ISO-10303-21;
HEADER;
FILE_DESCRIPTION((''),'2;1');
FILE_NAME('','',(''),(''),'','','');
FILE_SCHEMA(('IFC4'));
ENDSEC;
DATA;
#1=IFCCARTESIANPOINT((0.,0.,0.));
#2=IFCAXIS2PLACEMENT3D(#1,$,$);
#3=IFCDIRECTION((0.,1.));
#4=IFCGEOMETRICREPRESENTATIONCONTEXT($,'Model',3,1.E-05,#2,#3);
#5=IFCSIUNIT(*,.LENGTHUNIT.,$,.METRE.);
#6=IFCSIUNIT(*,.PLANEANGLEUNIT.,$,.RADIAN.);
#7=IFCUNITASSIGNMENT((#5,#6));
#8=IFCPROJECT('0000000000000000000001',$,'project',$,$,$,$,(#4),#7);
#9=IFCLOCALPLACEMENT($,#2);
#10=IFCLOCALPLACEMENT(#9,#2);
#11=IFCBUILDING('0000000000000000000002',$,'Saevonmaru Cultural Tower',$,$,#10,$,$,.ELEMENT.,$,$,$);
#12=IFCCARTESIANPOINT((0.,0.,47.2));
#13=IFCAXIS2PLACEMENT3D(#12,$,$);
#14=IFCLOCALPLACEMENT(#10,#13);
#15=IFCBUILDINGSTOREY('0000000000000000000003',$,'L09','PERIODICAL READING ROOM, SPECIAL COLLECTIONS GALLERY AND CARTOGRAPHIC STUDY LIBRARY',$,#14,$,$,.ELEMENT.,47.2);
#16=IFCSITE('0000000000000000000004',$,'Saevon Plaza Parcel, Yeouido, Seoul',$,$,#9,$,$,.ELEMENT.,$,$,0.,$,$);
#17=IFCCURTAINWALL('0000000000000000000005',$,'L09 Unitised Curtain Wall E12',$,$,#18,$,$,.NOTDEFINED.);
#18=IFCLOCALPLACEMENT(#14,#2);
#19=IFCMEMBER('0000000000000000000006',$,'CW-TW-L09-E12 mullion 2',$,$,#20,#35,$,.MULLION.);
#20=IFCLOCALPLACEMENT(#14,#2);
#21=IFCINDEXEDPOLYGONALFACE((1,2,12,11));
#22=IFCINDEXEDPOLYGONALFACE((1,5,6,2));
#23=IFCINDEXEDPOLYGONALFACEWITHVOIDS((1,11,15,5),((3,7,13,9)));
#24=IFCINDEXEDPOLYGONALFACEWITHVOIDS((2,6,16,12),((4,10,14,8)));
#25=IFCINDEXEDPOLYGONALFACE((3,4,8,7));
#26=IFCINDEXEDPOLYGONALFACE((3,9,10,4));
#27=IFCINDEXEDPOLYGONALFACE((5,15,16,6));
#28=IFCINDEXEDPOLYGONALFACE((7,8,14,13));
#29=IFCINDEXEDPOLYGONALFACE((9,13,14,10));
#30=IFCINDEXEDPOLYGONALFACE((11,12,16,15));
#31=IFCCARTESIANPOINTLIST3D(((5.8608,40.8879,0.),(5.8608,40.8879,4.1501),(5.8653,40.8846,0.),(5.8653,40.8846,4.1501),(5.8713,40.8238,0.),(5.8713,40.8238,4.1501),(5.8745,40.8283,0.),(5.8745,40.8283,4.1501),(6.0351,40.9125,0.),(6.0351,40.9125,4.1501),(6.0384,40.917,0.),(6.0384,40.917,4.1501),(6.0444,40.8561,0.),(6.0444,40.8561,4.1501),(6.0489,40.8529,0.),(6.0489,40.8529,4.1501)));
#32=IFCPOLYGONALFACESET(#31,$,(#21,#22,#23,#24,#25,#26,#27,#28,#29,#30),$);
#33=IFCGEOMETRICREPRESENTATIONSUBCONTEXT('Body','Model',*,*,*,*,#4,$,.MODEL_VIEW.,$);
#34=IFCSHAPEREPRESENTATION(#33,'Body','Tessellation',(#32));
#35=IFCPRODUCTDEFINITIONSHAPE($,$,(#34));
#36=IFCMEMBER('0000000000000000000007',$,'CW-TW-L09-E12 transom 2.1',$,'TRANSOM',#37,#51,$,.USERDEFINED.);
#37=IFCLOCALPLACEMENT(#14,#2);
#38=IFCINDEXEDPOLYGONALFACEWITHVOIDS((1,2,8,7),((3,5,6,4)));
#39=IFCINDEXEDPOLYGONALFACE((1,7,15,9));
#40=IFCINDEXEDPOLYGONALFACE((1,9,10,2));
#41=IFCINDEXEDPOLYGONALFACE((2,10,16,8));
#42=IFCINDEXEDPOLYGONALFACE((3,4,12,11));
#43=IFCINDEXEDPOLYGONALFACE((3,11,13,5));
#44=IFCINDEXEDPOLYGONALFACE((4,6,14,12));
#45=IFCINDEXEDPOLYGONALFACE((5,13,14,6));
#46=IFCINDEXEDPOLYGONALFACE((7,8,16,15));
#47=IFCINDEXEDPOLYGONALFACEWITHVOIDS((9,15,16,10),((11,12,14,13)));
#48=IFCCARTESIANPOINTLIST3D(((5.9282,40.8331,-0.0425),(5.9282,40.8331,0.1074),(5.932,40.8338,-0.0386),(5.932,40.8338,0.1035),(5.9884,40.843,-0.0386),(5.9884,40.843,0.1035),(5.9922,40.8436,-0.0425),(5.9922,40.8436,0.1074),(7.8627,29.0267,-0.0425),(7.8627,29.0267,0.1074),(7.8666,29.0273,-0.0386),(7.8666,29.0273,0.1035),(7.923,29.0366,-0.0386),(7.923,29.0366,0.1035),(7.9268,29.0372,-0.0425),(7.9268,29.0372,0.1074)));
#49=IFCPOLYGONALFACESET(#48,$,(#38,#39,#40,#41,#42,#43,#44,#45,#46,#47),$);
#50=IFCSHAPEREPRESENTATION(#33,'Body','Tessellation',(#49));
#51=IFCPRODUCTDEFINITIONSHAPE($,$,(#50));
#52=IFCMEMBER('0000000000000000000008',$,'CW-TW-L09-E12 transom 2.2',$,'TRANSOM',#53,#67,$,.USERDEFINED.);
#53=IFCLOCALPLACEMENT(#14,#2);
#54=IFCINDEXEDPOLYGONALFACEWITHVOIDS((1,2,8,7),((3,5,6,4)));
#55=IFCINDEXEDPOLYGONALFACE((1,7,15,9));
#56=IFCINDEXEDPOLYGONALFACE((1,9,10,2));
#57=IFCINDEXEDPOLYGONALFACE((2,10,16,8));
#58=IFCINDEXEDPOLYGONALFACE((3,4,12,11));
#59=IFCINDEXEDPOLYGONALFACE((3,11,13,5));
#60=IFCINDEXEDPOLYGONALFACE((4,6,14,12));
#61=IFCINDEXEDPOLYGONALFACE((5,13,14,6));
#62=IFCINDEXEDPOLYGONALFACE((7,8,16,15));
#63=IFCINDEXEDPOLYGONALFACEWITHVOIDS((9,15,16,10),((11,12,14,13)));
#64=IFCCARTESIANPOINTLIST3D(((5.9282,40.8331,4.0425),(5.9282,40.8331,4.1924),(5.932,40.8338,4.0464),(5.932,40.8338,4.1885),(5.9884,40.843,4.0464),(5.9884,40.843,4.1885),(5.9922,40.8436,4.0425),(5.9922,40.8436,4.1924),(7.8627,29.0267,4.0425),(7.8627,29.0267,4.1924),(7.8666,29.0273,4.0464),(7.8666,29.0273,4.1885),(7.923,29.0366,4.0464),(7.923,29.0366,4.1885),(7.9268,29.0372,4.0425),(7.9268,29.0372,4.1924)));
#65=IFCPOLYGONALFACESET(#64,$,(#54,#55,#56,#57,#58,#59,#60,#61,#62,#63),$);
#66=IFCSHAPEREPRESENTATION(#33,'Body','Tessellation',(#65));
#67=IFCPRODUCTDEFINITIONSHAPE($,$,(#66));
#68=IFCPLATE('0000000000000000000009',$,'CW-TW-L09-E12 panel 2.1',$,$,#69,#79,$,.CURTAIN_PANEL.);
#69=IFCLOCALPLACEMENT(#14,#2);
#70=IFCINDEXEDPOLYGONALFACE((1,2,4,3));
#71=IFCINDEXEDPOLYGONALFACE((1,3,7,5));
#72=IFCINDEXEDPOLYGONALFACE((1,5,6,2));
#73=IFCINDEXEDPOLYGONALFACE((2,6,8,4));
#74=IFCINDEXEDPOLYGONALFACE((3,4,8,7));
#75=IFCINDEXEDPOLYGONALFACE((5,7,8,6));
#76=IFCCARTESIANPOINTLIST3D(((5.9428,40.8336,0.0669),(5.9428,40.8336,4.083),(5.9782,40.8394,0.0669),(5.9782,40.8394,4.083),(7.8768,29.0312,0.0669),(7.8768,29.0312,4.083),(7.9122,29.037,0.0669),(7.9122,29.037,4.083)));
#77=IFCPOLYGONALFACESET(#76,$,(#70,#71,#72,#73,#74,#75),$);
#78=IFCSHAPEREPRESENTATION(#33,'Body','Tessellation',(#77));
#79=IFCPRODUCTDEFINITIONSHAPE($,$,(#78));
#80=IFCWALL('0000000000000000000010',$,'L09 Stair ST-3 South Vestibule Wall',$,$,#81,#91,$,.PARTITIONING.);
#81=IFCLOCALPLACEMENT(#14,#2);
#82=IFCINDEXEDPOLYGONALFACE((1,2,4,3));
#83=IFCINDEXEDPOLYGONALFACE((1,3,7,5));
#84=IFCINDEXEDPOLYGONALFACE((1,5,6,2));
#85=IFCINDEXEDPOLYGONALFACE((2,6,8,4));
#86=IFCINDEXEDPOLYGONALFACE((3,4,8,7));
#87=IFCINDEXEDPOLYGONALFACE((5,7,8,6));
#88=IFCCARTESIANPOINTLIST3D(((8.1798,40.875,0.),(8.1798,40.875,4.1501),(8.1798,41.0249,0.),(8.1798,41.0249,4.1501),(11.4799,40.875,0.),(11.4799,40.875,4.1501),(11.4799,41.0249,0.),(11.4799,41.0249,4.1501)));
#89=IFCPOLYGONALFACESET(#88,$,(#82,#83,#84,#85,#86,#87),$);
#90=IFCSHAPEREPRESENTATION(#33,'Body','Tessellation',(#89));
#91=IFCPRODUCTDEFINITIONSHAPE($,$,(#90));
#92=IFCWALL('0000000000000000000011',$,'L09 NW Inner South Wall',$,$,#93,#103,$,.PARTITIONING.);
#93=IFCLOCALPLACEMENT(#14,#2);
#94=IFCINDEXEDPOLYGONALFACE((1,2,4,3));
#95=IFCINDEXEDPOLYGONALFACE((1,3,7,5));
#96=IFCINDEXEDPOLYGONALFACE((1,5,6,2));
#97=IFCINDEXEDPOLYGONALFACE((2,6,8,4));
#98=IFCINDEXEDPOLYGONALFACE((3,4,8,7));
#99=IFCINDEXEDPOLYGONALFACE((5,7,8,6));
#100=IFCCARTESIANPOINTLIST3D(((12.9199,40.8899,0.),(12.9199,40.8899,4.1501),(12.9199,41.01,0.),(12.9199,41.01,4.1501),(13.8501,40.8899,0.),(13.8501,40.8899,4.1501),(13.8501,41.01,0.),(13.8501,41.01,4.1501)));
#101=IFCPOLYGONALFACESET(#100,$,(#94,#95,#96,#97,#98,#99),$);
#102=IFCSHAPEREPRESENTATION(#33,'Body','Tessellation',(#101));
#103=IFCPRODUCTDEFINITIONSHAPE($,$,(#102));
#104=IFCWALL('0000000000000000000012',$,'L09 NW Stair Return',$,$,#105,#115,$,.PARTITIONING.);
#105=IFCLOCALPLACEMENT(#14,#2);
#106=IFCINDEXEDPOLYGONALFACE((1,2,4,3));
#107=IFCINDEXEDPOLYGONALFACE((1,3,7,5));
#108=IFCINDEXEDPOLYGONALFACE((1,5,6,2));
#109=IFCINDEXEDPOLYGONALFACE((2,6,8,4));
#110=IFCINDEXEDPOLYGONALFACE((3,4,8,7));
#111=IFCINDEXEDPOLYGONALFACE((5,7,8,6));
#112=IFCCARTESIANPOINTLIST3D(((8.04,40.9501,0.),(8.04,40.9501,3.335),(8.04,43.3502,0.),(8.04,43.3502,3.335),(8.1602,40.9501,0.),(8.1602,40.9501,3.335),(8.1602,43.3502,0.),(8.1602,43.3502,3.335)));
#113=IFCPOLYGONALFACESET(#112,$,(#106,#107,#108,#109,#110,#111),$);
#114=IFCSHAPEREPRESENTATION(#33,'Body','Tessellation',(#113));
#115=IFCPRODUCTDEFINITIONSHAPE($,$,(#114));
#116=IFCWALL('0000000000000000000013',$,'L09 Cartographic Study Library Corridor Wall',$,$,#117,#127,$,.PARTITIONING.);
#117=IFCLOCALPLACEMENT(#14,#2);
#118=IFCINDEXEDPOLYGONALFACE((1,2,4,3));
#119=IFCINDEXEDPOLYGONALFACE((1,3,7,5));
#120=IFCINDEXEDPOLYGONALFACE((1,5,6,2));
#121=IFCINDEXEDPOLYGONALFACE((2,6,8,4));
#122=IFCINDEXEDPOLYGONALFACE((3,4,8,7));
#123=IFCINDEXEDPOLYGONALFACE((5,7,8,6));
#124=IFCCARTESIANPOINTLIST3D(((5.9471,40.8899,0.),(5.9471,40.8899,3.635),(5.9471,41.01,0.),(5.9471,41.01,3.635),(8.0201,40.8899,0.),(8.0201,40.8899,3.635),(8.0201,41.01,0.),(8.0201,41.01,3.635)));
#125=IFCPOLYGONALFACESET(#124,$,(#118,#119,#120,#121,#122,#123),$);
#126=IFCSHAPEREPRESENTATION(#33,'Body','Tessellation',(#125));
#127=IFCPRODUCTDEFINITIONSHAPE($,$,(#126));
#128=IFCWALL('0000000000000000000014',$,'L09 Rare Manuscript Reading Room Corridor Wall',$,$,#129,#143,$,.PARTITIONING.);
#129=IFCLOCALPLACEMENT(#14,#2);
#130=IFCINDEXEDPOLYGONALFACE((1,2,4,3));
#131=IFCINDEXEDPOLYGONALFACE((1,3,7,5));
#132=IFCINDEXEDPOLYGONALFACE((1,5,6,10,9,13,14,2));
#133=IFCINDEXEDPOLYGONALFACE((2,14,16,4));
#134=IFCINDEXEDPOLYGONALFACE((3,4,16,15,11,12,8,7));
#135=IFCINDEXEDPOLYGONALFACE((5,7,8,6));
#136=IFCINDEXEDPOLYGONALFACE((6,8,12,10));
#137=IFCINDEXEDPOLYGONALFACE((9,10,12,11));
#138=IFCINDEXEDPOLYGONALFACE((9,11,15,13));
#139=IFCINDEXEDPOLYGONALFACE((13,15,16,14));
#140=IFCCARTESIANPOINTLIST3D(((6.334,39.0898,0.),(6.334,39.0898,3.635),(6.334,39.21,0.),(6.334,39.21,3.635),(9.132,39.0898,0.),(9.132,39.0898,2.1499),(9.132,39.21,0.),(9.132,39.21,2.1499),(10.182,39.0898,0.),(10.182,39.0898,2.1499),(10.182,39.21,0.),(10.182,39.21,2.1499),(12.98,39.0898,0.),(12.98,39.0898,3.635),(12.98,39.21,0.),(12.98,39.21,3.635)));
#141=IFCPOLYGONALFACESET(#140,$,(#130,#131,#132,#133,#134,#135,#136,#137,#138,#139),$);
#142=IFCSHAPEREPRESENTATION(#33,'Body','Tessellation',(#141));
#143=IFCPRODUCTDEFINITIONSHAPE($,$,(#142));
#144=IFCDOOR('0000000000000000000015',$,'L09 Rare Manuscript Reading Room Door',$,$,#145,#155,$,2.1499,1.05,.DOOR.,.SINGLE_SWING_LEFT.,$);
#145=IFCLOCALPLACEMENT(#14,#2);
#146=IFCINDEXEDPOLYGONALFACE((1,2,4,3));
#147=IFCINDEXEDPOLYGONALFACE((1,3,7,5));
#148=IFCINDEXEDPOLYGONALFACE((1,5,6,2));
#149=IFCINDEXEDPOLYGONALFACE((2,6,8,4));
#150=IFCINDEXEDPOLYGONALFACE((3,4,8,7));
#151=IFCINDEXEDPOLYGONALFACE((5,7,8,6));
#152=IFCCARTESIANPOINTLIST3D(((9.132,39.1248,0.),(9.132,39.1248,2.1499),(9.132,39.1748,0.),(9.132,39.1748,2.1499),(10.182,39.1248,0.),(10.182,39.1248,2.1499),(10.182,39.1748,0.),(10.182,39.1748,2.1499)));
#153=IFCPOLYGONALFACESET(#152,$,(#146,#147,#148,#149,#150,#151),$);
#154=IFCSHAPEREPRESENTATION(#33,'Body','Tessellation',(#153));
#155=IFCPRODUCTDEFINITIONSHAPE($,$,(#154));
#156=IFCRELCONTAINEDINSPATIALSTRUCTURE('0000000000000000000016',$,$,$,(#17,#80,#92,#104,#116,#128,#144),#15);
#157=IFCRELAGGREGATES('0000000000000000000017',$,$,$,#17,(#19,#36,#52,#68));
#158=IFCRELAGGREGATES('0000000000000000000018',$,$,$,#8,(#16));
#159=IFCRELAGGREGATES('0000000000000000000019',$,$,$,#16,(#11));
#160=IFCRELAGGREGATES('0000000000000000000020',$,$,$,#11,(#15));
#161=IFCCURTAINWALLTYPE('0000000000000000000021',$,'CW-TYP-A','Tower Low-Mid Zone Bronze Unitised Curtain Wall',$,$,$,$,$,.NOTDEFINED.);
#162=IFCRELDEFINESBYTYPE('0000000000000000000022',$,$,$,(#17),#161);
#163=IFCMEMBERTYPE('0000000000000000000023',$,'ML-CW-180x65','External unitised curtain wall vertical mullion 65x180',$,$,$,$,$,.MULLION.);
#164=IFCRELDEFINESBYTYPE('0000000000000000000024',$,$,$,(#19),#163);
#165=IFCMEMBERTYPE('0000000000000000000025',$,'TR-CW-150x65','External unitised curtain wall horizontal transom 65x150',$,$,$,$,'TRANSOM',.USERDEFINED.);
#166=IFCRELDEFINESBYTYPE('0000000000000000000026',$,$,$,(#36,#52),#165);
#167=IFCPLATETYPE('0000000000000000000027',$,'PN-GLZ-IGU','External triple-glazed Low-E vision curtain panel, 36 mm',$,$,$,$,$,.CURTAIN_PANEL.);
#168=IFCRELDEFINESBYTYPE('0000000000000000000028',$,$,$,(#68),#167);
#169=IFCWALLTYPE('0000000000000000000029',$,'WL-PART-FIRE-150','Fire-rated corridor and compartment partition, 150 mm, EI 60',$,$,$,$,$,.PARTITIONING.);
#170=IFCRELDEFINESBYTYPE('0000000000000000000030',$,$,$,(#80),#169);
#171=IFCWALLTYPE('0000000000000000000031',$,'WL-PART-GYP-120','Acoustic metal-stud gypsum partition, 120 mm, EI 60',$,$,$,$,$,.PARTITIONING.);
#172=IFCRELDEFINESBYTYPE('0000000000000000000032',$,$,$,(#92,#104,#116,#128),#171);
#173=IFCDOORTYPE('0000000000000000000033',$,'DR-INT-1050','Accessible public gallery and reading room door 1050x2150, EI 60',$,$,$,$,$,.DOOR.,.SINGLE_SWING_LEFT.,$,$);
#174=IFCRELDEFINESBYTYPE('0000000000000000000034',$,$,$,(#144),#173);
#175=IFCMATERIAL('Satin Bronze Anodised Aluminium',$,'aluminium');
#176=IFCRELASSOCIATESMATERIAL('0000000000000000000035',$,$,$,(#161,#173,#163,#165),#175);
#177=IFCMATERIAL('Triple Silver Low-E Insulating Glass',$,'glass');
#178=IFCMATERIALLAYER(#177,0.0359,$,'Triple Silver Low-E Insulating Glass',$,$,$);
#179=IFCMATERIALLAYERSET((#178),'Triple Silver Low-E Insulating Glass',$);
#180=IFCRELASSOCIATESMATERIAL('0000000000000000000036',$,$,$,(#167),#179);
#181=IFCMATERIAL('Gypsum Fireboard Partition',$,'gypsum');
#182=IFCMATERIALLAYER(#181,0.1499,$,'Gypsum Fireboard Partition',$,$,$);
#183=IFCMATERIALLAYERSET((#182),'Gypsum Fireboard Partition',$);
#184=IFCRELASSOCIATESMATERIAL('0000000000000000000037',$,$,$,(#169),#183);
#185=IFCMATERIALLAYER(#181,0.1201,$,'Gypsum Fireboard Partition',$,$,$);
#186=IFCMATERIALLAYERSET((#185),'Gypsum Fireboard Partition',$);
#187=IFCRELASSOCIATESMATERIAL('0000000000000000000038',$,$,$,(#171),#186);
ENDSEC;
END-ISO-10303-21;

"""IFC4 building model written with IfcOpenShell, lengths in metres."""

from ifc_helpers import new_model, si_unit, direction, frame, frame_2d, origin, origin_2d, place, context, subcontext, project, spatial, rectangle, hollow_rectangle, extrude, material, layer, layer_set, material_profile, profile_set, type_object, element, fill, aggregate, save


model = new_model("IFC4")

# Units and contexts
model_context = context("Model", 3, precision=1e-05, world=origin(), true_north=direction((0.0, 1.0)))
body_context = subcontext(model_context, "Body", "Model", "MODEL_VIEW")
ifc_project = project(units=[si_unit("LENGTHUNIT", "METRE"), si_unit("PLANEANGLEUNIT", "RADIAN")], contexts=[model_context])

# Site, building, storey
site_placement = place(None, origin())
site = spatial("IfcSite", under=ifc_project, at=site_placement, Name="Saevon Plaza Parcel, Yeouido, Seoul", CompositionType="ELEMENT", RefElevation=0.0)
building_placement = place(site_placement, origin())
building = spatial("IfcBuilding", under=site, at=building_placement, Name="Saevonmaru Cultural Tower", CompositionType="ELEMENT")
storey_placement = place(building_placement, frame((0.0, 0.0, 47.2)))
storey = spatial("IfcBuildingStorey", under=building, at=storey_placement, Name="L09", Description="PERIODICAL READING ROOM, SPECIAL COLLECTIONS GALLERY AND CARTOGRAPHIC STUDY LIBRARY", CompositionType="ELEMENT", Elevation=47.2)

# Curtain wall, members, plate
ifc_material_1 = material(Name="Satin Bronze Anodised Aluminium", Category="aluminium")
curtain_wall_type = type_object("IfcCurtainWallType", Name="CW-TYP-A", Description="Tower Low-Mid Zone Bronze Unitised Curtain Wall", PredefinedType="NOTDEFINED", material=ifc_material_1)
curtain_wall_placement = place(storey_placement, origin())
curtain_wall = element("IfcCurtainWall", 1, at=curtain_wall_placement, inside=storey, type_object=curtain_wall_type, Name="L09 Unitised Curtain Wall E12", PredefinedType="NOTDEFINED")
ifc_material_profile_1 = material_profile(ifc_material_1, hollow_rectangle(XDim=0.0649, YDim=0.1799, WallThickness=0.0039, at=origin_2d()), Name="ALU-MULL-180x65x4")
ifc_profile_set_1 = profile_set([ifc_material_profile_1], Name="Satin Bronze Anodised Aluminium")
member_type_1 = type_object("IfcMemberType", Name="ML-CW-180x65", Description="External unitised curtain wall vertical mullion 65x180", PredefinedType="MULLION", material=ifc_profile_set_1)
member_1_placement = place(storey_placement, frame((5.9548, 40.8704, 0.0), z_axis=(0.0, 0.0, 1.0), x_axis=(0.161709, -0.986839, 0.0)))
member_1 = element("IfcMember", 2, at=member_1_placement, type_object=member_type_1, Name="CW-TW-L09-E12 mullion 2", PredefinedType="MULLION", context=body_context, shape_type="SweptSolid", body=[
    extrude(hollow_rectangle(XDim=0.0649, YDim=0.1799, WallThickness=0.0039, at=origin_2d()), origin(), (0.0, 0.0, 1.0), 4.1501),
])
ifc_material_profile_2 = material_profile(ifc_material_1, hollow_rectangle(XDim=0.0649, YDim=0.1499, WallThickness=0.0039, at=origin_2d()), Name="ALU-TRAN-150x65x4")
ifc_profile_set_2 = profile_set([ifc_material_profile_2], Name="Satin Bronze Anodised Aluminium")
member_type_2 = type_object("IfcMemberType", Name="TR-CW-150x65", Description="External unitised curtain wall horizontal transom 65x150", ElementType="TRANSOM", PredefinedType="USERDEFINED", material=ifc_profile_set_2)
member_2_placement = place(storey_placement, frame((5.9602, 40.8384, 0.0325), z_axis=(0.161701, -0.98684, 0.0), x_axis=(0.98684, 0.161701, 0.0)))
member_2 = element("IfcMember", 3, at=member_2_placement, type_object=member_type_2, Name="CW-TW-L09-E12 transom 2.1", ObjectType="TRANSOM", PredefinedType="USERDEFINED", context=body_context, shape_type="SweptSolid", body=[
    extrude(hollow_rectangle(XDim=0.0649, YDim=0.1499, WallThickness=0.0039, at=origin_2d()), origin(), (0.0, 0.0, 1.0), 11.9639),
])
member_3_placement = place(storey_placement, frame((5.9602, 40.8384, 4.1174), z_axis=(0.161701, -0.98684, 0.0), x_axis=(0.98684, 0.161701, 0.0)))
member_3 = element("IfcMember", 4, at=member_3_placement, type_object=member_type_2, Name="CW-TW-L09-E12 transom 2.2", ObjectType="TRANSOM", PredefinedType="USERDEFINED", context=body_context, shape_type="SweptSolid", body=[
    extrude(hollow_rectangle(XDim=0.0649, YDim=0.1499, WallThickness=0.0039, at=origin_2d()), origin(), (0.0, 0.0, 1.0), 11.9639),
])
ifc_material_2 = material(Name="Triple Silver Low-E Insulating Glass", Category="glass")
ifc_layer_1 = layer(ifc_material_2, 0.0359, Name="Triple Silver Low-E Insulating Glass")
ifc_layer_set_1 = layer_set([ifc_layer_1], Name="Triple Silver Low-E Insulating Glass")
plate_type = type_object("IfcPlateType", Name="PN-GLZ-IGU", Description="External triple-glazed Low-E vision curtain panel, 36 mm", PredefinedType="CURTAIN_PANEL", material=ifc_layer_set_1)
plate_placement = place(storey_placement, frame((6.9275, 34.9353, 0.0669), z_axis=(0.0, 0.0, 1.0), x_axis=(0.161709, -0.986839, 0.0)))
plate = element("IfcPlate", 5, at=plate_placement, type_object=plate_type, Name="CW-TW-L09-E12 panel 2.1", PredefinedType="CURTAIN_PANEL", context=body_context, shape_type="SweptSolid", body=[
    extrude(rectangle(XDim=11.9597, YDim=0.0359, at=origin_2d()), origin(), (0.0, 0.0, 1.0), 4.0161),
])
aggregate(curtain_wall, [member_1, member_2, member_3, plate])

# Walls
ifc_material_3 = material(Name="Gypsum Fireboard Partition", Category="gypsum")
ifc_layer_2 = layer(ifc_material_3, 0.1499, Name="Gypsum Fireboard Partition")
ifc_layer_set_2 = layer_set([ifc_layer_2], Name="Gypsum Fireboard Partition")
wall_type_1 = type_object("IfcWallType", Name="WL-PART-FIRE-150", Description="Fire-rated corridor and compartment partition, 150 mm, EI 60", PredefinedType="PARTITIONING", material=ifc_layer_set_2)
wall_1_placement = place(storey_placement, frame((8.1799, 40.95, 0.0), z_axis=(0.0, 0.0, 1.0), x_axis=(1.0, 0.0, 0.0)))
element("IfcWall", 6, at=wall_1_placement, inside=storey, type_object=wall_type_1, Name="L09 Stair ST-3 South Vestibule Wall", PredefinedType="PARTITIONING", context=body_context, shape_type="SweptSolid", body=[
    extrude(rectangle(XDim=3.3, YDim=0.1499, at=frame_2d((1.6499, 0.0))), origin(), (0.0, 0.0, 1.0), 4.1501),
])
ifc_layer_3 = layer(ifc_material_3, 0.1201, Name="Gypsum Fireboard Partition")
ifc_layer_set_3 = layer_set([ifc_layer_3], Name="Gypsum Fireboard Partition")
wall_type_2 = type_object("IfcWallType", Name="WL-PART-GYP-120", Description="Acoustic metal-stud gypsum partition, 120 mm, EI 60", PredefinedType="PARTITIONING", material=ifc_layer_set_3)
wall_2_placement = place(storey_placement, frame((12.9199, 40.95, 0.0), z_axis=(0.0, 0.0, 1.0), x_axis=(1.0, 0.0, 0.0)))
element("IfcWall", 7, at=wall_2_placement, inside=storey, type_object=wall_type_2, Name="L09 NW Inner South Wall", PredefinedType="PARTITIONING", context=body_context, shape_type="SweptSolid", body=[
    extrude(rectangle(XDim=0.9302, YDim=0.1201, at=frame_2d((0.4651, 0.0))), origin(), (0.0, 0.0, 1.0), 4.1501),
])
wall_3_placement = place(storey_placement, frame((8.1001, 40.95, 0.0), z_axis=(0.0, 0.0, 1.0), x_axis=(0.0, 1.0, 0.0)))
element("IfcWall", 8, at=wall_3_placement, inside=storey, type_object=wall_type_2, Name="L09 NW Stair Return", PredefinedType="PARTITIONING", context=body_context, shape_type="SweptSolid", body=[
    extrude(rectangle(XDim=2.4001, YDim=0.1201, at=frame_2d((1.2002, 0.0))), origin(), (0.0, 0.0, 1.0), 3.335),
])
wall_4_placement = place(storey_placement, frame((5.947, 40.95, 0.0), z_axis=(0.0, 0.0, 1.0), x_axis=(1.0, 0.0, 0.0)))
element("IfcWall", 9, at=wall_4_placement, inside=storey, type_object=wall_type_2, Name="L09 Cartographic Study Library Corridor Wall", PredefinedType="PARTITIONING", context=body_context, shape_type="SweptSolid", body=[
    extrude(rectangle(XDim=2.073, YDim=0.1201, at=frame_2d((1.0366, 0.0))), origin(), (0.0, 0.0, 1.0), 3.635),
])

# Wall, opening, door
wall_5_placement = place(storey_placement, frame((6.334, 39.1499, 0.0), z_axis=(0.0, 0.0, 1.0), x_axis=(1.0, 0.0, 0.0)))
wall_5 = element("IfcWall", 10, at=wall_5_placement, inside=storey, type_object=wall_type_2, Name="L09 Rare Manuscript Reading Room Corridor Wall", PredefinedType="PARTITIONING", context=body_context, shape_type="SweptSolid", body=[
    extrude(rectangle(XDim=6.646, YDim=0.1201, at=frame_2d((3.323, 0.0))), origin(), (0.0, 0.0, 1.0), 3.635),
])
opening_1_placement = place(wall_5_placement, frame((2.7981, 0.0, 0.0)))
opening_1 = element("IfcOpeningElement", 11, at=opening_1_placement, cuts=wall_5, PredefinedType="OPENING", context=body_context, shape_type="SweptSolid", body=[
    extrude(rectangle(XDim=1.05, YDim=2.1499, at=frame_2d((0.5249, 1.075))), frame((0.0, 0.0701, 0.0), z_axis=(0.0, -1.0, 0.0), x_axis=(1.0, 0.0, 0.0)), (0.0, 0.0, 1.0), 0.1401),
])
door_type_1 = type_object("IfcDoorType", Name="DR-INT-1050", Description="Accessible public gallery and reading room door 1050x2150, EI 60", OperationType="SINGLE_SWING_LEFT", PredefinedType="DOOR", material=ifc_material_1)
door_1_placement = place(opening_1_placement, origin())
door_1 = element("IfcDoor", 12, at=door_1_placement, inside=storey, type_object=door_type_1, Name="L09 Rare Manuscript Reading Room Door", OperationType="SINGLE_SWING_LEFT", OverallHeight=2.1499, OverallWidth=1.05, PredefinedType="DOOR", context=body_context, shape_type="SweptSolid", body=[
    extrude(rectangle(XDim=1.05, YDim=2.1499, at=frame_2d((0.5249, 1.075))), frame((0.0, 0.0249, 0.0), z_axis=(0.0, -1.0, 0.0), x_axis=(1.0, 0.0, 0.0)), (0.0, 0.0, 1.0), 0.05),
])
fill(opening_1, door_1)

save(model, "model.ifc")
